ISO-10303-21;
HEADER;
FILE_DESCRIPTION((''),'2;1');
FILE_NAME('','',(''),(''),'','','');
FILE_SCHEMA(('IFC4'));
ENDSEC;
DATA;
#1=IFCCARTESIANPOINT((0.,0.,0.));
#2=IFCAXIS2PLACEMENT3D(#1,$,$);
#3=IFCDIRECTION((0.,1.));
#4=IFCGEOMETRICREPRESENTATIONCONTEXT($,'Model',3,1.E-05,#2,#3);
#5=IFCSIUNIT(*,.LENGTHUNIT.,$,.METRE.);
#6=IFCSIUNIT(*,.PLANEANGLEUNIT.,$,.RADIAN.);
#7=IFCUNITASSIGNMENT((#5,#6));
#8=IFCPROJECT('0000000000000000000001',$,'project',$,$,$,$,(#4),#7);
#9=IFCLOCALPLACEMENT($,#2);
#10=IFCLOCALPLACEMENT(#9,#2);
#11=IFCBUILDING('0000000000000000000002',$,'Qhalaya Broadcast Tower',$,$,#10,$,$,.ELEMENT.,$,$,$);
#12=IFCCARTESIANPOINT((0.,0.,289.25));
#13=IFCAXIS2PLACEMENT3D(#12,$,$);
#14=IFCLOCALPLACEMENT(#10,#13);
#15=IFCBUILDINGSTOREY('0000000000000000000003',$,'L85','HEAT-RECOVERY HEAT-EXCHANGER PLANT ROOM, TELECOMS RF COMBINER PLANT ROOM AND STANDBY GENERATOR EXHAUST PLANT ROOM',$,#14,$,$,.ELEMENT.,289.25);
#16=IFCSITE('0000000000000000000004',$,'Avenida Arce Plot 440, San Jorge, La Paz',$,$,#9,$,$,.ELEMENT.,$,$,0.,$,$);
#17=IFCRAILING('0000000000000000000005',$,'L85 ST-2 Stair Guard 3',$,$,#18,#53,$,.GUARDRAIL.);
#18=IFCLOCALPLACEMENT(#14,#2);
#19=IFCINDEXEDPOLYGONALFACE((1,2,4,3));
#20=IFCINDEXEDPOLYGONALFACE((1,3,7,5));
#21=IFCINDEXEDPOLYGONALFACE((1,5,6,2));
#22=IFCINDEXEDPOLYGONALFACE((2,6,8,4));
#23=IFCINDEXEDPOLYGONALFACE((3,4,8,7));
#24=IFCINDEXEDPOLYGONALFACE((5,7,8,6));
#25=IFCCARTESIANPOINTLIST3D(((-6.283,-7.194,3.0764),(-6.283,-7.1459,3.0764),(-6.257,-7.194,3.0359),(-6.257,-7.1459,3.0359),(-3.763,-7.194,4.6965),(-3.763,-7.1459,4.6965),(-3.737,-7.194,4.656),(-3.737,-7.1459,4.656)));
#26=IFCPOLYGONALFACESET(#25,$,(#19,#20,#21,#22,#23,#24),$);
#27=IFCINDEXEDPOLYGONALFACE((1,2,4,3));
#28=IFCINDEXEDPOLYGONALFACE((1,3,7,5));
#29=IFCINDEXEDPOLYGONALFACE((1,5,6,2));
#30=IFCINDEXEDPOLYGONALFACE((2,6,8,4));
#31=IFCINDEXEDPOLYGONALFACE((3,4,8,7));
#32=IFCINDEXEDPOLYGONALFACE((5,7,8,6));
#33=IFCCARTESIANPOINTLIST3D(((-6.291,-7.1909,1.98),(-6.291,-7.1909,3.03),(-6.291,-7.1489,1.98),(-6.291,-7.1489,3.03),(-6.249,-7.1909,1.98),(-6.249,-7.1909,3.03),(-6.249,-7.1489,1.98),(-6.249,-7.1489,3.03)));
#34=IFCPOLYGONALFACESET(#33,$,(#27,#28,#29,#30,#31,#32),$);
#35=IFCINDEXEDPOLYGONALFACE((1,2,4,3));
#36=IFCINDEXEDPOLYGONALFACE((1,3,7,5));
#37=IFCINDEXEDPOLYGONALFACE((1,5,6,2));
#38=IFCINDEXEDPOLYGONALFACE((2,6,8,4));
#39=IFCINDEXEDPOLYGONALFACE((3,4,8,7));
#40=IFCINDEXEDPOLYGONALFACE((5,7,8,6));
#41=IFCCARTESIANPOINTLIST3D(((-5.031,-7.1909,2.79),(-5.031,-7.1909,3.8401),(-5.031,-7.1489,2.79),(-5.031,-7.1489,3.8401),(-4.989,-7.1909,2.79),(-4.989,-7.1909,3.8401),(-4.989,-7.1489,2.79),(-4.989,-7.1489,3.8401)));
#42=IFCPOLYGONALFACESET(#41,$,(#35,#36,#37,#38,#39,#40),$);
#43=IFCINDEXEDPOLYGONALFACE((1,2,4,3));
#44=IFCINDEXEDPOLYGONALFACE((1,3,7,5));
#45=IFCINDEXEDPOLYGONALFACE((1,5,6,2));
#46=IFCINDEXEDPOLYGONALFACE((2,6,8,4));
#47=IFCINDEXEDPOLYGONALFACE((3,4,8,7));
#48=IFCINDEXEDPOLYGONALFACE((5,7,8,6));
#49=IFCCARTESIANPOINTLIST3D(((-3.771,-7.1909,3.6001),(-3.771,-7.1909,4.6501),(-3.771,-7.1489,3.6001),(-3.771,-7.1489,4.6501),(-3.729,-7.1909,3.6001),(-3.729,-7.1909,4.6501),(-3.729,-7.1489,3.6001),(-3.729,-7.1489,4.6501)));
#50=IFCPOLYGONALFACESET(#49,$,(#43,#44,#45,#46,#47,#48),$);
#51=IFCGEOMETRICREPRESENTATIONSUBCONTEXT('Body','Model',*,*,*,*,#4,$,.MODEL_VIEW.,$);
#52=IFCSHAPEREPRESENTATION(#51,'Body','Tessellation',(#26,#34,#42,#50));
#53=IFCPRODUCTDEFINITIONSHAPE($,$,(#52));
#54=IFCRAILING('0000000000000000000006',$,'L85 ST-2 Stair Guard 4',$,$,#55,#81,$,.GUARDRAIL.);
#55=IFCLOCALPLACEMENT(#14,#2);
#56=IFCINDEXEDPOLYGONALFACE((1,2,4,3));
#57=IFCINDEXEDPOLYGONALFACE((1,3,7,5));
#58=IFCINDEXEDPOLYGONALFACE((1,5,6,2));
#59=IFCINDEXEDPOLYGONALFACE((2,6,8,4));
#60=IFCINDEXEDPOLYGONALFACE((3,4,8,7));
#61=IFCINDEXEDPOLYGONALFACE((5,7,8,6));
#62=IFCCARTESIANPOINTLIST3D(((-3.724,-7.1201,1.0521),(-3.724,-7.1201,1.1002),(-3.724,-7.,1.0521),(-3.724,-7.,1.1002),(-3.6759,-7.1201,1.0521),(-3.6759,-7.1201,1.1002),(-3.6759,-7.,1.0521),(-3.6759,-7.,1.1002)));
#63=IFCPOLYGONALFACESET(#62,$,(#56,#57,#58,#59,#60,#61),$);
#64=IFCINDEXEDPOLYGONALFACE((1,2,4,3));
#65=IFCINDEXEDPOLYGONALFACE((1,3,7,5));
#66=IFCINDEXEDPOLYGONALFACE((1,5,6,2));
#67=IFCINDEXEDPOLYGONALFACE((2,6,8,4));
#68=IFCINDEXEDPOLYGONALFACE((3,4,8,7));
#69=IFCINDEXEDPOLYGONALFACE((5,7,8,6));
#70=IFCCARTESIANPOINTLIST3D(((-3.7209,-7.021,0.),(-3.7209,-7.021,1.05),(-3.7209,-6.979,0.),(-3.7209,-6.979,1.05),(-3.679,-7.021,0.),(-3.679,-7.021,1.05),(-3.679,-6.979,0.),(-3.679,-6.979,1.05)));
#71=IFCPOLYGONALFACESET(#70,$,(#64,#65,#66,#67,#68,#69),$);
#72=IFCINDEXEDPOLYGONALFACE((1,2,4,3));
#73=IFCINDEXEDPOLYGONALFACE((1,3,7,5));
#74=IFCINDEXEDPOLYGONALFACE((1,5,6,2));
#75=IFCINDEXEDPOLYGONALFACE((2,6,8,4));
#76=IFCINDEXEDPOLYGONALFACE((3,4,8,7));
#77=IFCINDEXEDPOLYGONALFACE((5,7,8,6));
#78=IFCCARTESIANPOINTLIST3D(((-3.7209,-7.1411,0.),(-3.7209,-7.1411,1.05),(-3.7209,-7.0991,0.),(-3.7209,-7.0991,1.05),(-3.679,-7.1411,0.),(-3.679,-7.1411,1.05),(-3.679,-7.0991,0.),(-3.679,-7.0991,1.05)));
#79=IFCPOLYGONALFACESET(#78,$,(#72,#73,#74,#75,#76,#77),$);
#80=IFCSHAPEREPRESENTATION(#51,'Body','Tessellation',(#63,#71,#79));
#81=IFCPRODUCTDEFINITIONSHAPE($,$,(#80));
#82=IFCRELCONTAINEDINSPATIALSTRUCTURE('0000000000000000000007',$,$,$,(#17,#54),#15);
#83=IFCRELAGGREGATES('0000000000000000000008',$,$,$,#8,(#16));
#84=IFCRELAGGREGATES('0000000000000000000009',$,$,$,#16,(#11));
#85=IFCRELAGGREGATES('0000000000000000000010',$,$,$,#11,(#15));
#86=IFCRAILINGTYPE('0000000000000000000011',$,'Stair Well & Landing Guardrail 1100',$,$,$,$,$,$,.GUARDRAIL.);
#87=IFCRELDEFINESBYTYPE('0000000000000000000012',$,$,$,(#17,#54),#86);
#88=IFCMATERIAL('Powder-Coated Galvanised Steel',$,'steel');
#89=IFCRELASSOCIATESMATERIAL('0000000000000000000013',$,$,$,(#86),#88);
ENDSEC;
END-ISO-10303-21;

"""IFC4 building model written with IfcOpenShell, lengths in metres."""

from ifc_helpers import new_model, si_unit, direction, frame, origin, origin_2d, place, context, subcontext, project, spatial, rectangle, extrude, material, type_object, element, save


model = new_model("IFC4")

# Units and contexts
model_context = context("Model", 3, precision=1e-05, world=origin(), true_north=direction((0.0, 1.0)))
body_context = subcontext(model_context, "Body", "Model", "MODEL_VIEW")
ifc_project = project(units=[si_unit("LENGTHUNIT", "METRE"), si_unit("PLANEANGLEUNIT", "RADIAN")], contexts=[model_context])

# Site, building, storey
site_placement = place(None, origin())
site = spatial("IfcSite", under=ifc_project, at=site_placement, Name="Avenida Arce Plot 440, San Jorge, La Paz", CompositionType="ELEMENT", RefElevation=0.0)
building_placement = place(site_placement, origin())
building = spatial("IfcBuilding", under=site, at=building_placement, Name="Qhalaya Broadcast Tower", CompositionType="ELEMENT")
storey_placement = place(building_placement, frame((0.0, 0.0, 289.25)))
storey = spatial("IfcBuildingStorey", under=building, at=storey_placement, Name="L85", Description="HEAT-RECOVERY HEAT-EXCHANGER PLANT ROOM, TELECOMS RF COMBINER PLANT ROOM AND STANDBY GENERATOR EXHAUST PLANT ROOM", CompositionType="ELEMENT", Elevation=289.25)

# Railings
ifc_material_1 = material(Name="Powder-Coated Galvanised Steel", Category="steel")
railing_type_1 = type_object("IfcRailingType", Name="Stair Well & Landing Guardrail 1100", PredefinedType="GUARDRAIL", material=ifc_material_1)
railing_1_placement = place(storey_placement, frame((-6.27, -7.1699, 1.98)))
element("IfcRailing", 1, at=railing_1_placement, inside=storey, type_object=railing_type_1, Name="L85 ST-2 Stair Guard 3", PredefinedType="GUARDRAIL", context=body_context, shape_type="SweptSolid", body=[
    extrude(rectangle(XDim=0.0481, YDim=0.0481, at=origin_2d()), frame((0.0, 0.0, 1.0762), z_axis=(0.841163, 0.0, 0.540782), x_axis=(0.0, 1.0, 0.0)), (0.0, 0.0, 1.0), 2.9958),
    extrude(rectangle(XDim=0.042, YDim=0.042, at=origin_2d()), origin(), (0.0, 0.0, 1.0), 1.05),
    extrude(rectangle(XDim=0.042, YDim=0.042, at=origin_2d()), frame((1.26, 0.0, 0.8101)), (0.0, 0.0, 1.0), 1.05),
    extrude(rectangle(XDim=0.042, YDim=0.042, at=origin_2d()), frame((2.52, 0.0, 1.6201)), (0.0, 0.0, 1.0), 1.05),
])
railing_2_placement = place(storey_placement, frame((-3.7, -7.0, 0.0)))
element("IfcRailing", 2, at=railing_2_placement, inside=storey, type_object=railing_type_1, Name="L85 ST-2 Stair Guard 4", PredefinedType="GUARDRAIL", context=body_context, shape_type="SweptSolid", body=[
    extrude(rectangle(XDim=0.0481, YDim=0.0481, at=origin_2d()), frame((0.0, 0.0, 1.0762), z_axis=(0.0, -1.0, 0.0), x_axis=(1.0, 0.0, 0.0)), (0.0, 0.0, 1.0), 0.1201),
    extrude(rectangle(XDim=0.042, YDim=0.042, at=origin_2d()), origin(), (0.0, 0.0, 1.0), 1.05),
    extrude(rectangle(XDim=0.042, YDim=0.042, at=origin_2d()), frame((0.0, -0.1201, 0.0)), (0.0, 0.0, 1.0), 1.05),
])

save(model, "model.ifc")
